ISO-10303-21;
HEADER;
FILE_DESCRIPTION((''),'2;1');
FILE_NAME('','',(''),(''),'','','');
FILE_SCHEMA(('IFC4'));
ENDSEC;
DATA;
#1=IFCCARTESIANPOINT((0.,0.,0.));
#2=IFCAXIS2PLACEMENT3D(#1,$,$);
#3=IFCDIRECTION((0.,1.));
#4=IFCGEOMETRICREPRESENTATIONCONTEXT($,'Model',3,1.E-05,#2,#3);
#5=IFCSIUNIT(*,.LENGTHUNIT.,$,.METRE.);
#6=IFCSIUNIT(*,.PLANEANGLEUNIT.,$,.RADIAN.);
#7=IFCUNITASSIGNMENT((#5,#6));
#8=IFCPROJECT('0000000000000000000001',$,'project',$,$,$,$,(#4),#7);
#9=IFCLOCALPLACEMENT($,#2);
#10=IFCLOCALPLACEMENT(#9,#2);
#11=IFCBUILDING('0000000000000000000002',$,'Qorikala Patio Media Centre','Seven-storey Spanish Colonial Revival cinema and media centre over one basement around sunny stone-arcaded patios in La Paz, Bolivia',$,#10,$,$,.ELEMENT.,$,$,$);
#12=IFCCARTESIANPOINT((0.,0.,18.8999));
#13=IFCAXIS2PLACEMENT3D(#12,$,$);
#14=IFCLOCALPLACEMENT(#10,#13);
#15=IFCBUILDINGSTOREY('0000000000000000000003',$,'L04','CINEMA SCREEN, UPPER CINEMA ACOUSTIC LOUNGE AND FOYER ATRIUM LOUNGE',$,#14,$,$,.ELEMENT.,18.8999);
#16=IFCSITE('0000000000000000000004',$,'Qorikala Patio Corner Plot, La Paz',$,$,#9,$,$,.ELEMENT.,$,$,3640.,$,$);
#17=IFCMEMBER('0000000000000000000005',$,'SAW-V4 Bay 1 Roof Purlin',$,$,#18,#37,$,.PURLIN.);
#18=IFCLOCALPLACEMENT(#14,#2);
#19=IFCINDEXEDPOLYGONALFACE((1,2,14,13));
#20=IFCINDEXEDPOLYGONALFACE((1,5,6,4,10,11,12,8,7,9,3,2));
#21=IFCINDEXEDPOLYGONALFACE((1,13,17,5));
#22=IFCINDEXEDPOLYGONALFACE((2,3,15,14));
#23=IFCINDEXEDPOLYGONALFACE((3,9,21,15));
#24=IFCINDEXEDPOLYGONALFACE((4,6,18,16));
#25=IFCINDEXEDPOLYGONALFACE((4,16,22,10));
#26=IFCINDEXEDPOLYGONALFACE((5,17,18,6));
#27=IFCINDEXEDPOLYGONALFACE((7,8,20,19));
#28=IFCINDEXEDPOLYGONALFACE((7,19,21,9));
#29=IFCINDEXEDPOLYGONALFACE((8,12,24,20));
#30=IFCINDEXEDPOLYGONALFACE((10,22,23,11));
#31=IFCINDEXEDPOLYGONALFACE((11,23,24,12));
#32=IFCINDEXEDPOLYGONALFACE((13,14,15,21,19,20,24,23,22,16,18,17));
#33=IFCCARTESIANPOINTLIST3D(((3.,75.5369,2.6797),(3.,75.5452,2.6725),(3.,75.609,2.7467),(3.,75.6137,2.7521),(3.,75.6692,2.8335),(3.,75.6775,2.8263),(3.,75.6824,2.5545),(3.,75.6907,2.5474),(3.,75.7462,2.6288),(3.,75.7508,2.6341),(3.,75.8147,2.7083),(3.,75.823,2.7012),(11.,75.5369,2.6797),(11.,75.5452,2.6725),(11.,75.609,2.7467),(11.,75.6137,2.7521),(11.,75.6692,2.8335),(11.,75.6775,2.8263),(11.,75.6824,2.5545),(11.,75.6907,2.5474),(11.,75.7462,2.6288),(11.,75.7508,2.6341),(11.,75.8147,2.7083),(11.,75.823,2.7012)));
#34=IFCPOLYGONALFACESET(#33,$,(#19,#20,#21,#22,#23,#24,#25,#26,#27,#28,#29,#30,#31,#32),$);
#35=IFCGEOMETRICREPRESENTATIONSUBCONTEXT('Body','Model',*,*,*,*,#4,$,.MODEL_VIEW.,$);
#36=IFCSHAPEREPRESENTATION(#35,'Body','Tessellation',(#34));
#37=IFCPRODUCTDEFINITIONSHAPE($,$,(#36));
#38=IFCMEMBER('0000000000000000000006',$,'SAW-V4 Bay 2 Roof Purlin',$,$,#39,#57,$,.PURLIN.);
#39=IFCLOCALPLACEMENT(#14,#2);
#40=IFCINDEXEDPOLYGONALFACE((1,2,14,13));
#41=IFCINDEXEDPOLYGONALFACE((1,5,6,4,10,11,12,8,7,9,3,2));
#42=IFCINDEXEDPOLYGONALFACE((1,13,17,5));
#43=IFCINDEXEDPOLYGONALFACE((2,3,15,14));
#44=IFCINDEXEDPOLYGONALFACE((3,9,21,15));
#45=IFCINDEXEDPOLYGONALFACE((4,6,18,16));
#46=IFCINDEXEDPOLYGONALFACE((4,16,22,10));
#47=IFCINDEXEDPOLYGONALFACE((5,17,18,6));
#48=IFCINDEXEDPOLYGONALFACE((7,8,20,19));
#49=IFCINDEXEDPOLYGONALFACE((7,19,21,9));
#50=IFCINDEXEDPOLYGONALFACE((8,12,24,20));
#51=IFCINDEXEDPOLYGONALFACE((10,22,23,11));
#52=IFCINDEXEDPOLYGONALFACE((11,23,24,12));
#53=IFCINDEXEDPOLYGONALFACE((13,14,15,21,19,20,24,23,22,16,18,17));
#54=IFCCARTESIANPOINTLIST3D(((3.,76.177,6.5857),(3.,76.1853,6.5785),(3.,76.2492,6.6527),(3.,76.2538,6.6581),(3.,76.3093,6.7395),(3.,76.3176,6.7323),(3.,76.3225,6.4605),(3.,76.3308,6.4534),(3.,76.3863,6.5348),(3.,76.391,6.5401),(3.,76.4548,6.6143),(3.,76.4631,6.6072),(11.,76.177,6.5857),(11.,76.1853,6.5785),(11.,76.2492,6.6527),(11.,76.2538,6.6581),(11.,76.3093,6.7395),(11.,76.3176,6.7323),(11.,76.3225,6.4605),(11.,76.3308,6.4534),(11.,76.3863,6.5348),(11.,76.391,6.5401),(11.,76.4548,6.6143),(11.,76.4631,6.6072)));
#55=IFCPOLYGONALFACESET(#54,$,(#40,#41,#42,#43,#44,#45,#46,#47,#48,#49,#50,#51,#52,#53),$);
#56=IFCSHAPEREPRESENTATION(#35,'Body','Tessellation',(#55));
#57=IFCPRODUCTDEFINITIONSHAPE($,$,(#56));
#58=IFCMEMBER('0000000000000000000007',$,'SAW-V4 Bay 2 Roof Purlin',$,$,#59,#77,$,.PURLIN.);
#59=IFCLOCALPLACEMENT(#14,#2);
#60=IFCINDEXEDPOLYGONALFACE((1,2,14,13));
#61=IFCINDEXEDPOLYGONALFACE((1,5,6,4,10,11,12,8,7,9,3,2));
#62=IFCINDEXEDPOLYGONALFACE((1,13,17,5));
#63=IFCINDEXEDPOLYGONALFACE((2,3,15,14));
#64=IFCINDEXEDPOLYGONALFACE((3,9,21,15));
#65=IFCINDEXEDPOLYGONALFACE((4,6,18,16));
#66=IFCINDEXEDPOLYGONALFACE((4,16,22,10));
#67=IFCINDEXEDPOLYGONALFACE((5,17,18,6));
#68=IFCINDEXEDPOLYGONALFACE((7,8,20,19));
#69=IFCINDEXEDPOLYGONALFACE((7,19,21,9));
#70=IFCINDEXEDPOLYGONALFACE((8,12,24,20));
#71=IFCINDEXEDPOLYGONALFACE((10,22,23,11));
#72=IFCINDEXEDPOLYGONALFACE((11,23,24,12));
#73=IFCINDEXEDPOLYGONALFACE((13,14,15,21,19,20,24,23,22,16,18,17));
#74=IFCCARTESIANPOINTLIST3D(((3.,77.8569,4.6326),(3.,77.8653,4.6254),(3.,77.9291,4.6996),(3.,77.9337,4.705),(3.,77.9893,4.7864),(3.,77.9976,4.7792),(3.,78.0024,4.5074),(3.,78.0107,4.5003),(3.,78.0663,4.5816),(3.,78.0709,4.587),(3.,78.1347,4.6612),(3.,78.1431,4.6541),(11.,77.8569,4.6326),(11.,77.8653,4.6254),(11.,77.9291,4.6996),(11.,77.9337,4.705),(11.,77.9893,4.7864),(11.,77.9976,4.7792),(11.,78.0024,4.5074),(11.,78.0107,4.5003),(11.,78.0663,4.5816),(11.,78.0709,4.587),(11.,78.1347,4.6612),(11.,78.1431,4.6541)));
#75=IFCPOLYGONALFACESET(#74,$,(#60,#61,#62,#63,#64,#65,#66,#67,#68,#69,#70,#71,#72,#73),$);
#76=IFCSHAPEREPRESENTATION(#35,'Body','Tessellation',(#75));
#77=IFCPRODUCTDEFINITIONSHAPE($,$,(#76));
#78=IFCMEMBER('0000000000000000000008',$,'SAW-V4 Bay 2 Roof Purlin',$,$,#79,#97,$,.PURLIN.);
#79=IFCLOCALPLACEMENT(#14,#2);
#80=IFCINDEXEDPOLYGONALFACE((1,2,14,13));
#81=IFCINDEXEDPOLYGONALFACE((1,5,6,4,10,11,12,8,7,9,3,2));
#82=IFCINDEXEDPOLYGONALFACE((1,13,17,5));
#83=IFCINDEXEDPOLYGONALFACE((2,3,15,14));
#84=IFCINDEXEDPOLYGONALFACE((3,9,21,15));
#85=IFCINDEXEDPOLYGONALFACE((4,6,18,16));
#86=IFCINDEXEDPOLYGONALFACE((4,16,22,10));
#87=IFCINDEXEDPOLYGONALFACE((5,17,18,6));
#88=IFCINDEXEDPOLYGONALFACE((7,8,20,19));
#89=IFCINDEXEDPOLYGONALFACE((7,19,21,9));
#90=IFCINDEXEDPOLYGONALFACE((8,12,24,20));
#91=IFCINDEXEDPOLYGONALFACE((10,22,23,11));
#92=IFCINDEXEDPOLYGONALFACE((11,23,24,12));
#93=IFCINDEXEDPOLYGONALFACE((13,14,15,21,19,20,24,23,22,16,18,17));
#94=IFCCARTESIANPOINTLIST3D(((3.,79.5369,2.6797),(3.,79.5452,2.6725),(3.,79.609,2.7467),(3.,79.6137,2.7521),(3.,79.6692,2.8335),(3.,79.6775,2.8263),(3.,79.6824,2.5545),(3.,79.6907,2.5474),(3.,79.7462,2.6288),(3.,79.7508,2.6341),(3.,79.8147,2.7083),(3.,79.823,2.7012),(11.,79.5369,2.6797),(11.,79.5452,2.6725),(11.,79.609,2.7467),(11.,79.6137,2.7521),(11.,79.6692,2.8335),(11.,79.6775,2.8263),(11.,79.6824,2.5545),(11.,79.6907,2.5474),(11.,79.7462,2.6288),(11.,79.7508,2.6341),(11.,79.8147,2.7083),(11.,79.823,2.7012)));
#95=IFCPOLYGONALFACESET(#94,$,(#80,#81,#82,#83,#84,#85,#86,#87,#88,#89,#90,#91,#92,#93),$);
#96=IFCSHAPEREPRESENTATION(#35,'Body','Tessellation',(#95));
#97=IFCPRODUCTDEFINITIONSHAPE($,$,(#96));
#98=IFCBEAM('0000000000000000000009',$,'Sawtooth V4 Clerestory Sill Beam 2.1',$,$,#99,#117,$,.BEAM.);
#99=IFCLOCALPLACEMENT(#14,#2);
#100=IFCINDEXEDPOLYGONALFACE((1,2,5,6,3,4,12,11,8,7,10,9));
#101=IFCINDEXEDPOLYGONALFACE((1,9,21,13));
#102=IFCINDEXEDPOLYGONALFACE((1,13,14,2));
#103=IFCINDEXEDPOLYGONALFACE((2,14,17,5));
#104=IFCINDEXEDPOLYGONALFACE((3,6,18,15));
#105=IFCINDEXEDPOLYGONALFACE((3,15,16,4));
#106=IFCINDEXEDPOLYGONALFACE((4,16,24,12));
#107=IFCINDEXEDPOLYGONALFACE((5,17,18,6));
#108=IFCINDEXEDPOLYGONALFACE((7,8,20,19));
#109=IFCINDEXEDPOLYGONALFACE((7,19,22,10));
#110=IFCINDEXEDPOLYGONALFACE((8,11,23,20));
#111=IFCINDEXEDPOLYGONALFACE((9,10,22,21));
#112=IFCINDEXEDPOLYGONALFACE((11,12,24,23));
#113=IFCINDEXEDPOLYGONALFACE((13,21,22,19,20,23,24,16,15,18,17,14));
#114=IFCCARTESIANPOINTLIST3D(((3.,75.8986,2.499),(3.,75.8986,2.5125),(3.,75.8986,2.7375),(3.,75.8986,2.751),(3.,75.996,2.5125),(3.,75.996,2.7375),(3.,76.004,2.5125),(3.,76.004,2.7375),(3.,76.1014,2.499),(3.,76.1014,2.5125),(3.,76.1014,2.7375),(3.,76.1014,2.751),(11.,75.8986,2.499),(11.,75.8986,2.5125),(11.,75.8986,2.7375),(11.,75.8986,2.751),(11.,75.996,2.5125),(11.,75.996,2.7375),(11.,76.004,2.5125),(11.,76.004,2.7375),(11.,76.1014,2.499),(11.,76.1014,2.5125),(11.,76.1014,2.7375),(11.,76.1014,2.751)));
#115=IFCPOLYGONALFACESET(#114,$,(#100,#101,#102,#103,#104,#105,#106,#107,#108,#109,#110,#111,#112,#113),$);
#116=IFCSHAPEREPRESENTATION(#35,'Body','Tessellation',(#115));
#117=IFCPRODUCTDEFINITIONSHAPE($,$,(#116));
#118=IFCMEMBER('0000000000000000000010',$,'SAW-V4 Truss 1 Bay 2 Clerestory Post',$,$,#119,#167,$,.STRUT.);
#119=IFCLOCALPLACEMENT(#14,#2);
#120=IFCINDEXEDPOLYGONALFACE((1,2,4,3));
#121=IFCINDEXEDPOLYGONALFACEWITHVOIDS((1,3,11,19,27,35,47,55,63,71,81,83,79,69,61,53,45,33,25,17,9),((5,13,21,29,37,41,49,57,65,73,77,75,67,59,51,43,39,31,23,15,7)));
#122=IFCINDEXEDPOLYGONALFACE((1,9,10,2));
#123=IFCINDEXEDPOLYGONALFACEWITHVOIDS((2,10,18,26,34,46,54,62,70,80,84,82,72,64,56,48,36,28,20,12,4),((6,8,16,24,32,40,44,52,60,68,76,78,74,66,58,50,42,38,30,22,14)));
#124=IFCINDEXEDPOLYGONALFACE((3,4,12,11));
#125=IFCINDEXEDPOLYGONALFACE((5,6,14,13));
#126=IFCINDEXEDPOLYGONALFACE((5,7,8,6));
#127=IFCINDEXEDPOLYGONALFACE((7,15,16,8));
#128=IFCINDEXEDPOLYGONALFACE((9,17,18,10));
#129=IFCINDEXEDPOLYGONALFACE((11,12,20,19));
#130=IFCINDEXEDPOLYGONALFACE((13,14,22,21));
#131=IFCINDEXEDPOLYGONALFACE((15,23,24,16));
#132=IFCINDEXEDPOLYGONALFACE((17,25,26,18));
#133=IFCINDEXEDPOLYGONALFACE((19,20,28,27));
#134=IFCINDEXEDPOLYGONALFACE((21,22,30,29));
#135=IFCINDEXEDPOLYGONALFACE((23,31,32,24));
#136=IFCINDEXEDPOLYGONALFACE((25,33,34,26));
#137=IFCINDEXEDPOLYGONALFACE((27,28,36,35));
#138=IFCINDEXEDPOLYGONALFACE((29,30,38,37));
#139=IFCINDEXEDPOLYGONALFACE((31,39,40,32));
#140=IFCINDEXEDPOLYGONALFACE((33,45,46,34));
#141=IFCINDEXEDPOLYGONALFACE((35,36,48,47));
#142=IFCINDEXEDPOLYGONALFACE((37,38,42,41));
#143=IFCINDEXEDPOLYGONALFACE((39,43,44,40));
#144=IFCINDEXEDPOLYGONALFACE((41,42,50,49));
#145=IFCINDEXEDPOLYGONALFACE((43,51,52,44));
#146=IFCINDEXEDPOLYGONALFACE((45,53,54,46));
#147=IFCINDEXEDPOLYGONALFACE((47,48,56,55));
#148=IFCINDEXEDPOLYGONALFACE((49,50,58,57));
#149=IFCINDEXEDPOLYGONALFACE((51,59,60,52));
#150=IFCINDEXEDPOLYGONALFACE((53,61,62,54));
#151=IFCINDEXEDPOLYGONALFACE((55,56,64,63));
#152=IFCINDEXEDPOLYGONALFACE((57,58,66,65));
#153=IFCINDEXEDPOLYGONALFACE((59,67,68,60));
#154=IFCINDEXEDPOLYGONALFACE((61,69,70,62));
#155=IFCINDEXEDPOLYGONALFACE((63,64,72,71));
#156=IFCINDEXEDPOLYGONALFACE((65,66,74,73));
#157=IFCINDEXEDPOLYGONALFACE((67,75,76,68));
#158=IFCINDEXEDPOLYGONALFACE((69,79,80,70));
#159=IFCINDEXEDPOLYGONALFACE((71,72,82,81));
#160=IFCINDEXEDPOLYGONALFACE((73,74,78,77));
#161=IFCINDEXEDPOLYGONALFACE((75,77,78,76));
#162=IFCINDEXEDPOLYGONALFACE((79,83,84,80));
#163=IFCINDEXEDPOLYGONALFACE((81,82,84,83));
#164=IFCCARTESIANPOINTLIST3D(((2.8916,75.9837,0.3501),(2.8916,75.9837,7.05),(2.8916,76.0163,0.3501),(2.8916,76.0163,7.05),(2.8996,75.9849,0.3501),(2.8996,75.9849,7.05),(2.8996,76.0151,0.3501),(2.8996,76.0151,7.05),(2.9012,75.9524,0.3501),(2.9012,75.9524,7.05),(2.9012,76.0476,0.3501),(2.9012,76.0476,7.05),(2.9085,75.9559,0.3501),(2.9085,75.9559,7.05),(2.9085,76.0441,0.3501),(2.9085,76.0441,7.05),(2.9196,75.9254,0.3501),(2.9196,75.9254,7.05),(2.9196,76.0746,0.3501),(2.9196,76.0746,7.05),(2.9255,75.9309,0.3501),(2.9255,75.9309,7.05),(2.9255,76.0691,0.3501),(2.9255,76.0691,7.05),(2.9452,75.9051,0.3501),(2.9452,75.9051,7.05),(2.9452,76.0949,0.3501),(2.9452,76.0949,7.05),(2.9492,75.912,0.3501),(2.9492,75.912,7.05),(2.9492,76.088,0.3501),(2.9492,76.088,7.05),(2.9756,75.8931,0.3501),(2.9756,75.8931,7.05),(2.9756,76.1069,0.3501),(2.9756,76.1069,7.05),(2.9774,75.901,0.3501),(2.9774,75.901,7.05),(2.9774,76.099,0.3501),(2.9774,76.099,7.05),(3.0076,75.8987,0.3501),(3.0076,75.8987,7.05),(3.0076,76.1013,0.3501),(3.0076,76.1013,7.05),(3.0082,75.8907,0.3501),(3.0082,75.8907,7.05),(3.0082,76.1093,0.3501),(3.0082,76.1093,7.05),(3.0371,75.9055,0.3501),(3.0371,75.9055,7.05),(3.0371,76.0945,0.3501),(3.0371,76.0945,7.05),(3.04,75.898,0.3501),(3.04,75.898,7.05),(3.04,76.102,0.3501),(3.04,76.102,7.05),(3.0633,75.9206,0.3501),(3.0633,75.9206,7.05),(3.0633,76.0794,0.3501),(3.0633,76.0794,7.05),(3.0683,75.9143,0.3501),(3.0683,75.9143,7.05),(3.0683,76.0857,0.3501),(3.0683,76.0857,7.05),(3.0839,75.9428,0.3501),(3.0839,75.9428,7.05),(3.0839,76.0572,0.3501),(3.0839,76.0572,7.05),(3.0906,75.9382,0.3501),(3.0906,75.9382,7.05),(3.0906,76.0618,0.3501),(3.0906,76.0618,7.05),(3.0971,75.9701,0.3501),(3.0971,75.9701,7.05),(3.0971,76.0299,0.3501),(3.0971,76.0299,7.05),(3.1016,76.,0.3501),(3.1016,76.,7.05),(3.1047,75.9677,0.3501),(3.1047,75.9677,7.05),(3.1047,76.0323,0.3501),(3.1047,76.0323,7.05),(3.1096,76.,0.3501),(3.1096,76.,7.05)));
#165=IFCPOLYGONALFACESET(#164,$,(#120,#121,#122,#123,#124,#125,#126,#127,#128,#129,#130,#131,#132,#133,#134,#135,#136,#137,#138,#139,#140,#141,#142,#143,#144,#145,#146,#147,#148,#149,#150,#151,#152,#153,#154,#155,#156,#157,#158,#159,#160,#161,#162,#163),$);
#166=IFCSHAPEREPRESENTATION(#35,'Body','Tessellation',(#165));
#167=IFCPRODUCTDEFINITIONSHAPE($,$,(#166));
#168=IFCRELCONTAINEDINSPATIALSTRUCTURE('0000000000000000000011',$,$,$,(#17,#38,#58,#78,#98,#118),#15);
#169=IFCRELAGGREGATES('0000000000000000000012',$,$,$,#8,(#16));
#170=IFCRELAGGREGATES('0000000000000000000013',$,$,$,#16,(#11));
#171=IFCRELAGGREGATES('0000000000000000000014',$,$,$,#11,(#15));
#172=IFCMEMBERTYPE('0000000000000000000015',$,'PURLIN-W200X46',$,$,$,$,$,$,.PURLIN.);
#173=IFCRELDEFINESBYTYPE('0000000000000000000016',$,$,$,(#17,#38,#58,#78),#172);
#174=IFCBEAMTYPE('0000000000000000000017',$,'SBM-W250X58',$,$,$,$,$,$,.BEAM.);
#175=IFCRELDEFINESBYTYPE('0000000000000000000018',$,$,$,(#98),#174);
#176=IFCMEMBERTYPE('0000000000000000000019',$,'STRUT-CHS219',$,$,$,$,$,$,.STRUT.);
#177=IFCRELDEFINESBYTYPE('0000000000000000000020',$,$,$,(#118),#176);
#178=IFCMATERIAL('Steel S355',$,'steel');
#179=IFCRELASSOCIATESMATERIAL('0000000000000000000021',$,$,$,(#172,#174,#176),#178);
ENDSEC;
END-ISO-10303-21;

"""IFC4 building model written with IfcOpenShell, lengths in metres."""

from ifc_helpers import new_model, si_unit, direction, frame, origin, origin_2d, place, context, subcontext, project, spatial, hollow_circle, i_section, extrude, material, material_profile, profile_set, type_object, element, save


model = new_model("IFC4")

# Units and contexts
model_context = context("Model", 3, precision=1e-05, world=origin(), true_north=direction((0.0, 1.0)))
body_context = subcontext(model_context, "Body", "Model", "MODEL_VIEW")
ifc_project = project(units=[si_unit("LENGTHUNIT", "METRE"), si_unit("PLANEANGLEUNIT", "RADIAN")], contexts=[model_context])

# Site, building, storey
site_placement = place(None, origin())
site = spatial("IfcSite", under=ifc_project, at=site_placement, Name="Qorikala Patio Corner Plot, La Paz", CompositionType="ELEMENT", RefElevation=3640.0)
building_placement = place(site_placement, origin())
building = spatial("IfcBuilding", under=site, at=building_placement, Name="Qorikala Patio Media Centre", Description="Seven-storey Spanish Colonial Revival cinema and media centre over one basement around sunny stone-arcaded patios in La Paz, Bolivia", CompositionType="ELEMENT")
storey_placement = place(building_placement, frame((0.0, 0.0, 18.8999)))
storey = spatial("IfcBuildingStorey", under=building, at=storey_placement, Name="L04", Description="CINEMA SCREEN, UPPER CINEMA ACOUSTIC LOUNGE AND FOYER ATRIUM LOUNGE", CompositionType="ELEMENT", Elevation=18.8999)

# Shared definitions
ifc_material_1 = material(Name="Steel S355", Category="steel")

# Members
ifc_material_profile_1 = material_profile(ifc_material_1, i_section(OverallWidth=0.2029, OverallDepth=0.2029, WebThickness=0.0071, FlangeThickness=0.011, at=origin_2d()), Name="W200X46")
ifc_profile_set_1 = profile_set([ifc_material_profile_1], Name="Steel S355")
member_type_1 = type_object("IfcMemberType", Name="PURLIN-W200X46", PredefinedType="PURLIN", material=ifc_profile_set_1)
for number, where, z_axis, x_axis, name in (
    (1, (3.0, 75.6799, 2.6904), (1.0, 0.0, 0.0), (0.0, 0.652138, 0.7581), "SAW-V4 Bay 1 Roof Purlin"),
    (2, (3.0, 76.3201, 6.5964), (1.0, 0.0, 0.0), (0.0, 0.652138, 0.7581), "SAW-V4 Bay 2 Roof Purlin"),
    (3, (3.0, 78.0, 4.6433), (1.0, 0.0, 0.0), (0.0, 0.652138, 0.7581), "SAW-V4 Bay 2 Roof Purlin"),
    (4, (3.0, 79.6799, 2.6904), (1.0, 0.0, 0.0), (0.0, 0.652138, 0.7581), "SAW-V4 Bay 2 Roof Purlin"),
):
    element("IfcMember", number, at=place(storey_placement, frame(where, z_axis=z_axis, x_axis=x_axis)), inside=storey, type_object=member_type_1, Name=name, PredefinedType="PURLIN", context=body_context, shape_type="SweptSolid", body=[
        extrude(i_section(OverallWidth=0.2029, OverallDepth=0.2029, WebThickness=0.0071, FlangeThickness=0.011, at=origin_2d()), origin(), (0.0, 0.0, 1.0), 8.0),
    ])

# Beam
ifc_material_profile_2 = material_profile(ifc_material_1, i_section(OverallWidth=0.2029, OverallDepth=0.252, WebThickness=0.0081, FlangeThickness=0.0134, at=origin_2d()), Name="W250X58")
ifc_profile_set_2 = profile_set([ifc_material_profile_2], Name="Steel S355")
beam_type = type_object("IfcBeamType", Name="SBM-W250X58", PredefinedType="BEAM", material=ifc_profile_set_2)
beam_placement = place(storey_placement, frame((3.0, 76.0, 2.625), z_axis=(1.0, 0.0, 0.0), x_axis=(0.0, 1.0, 0.0)))
element("IfcBeam", 5, at=beam_placement, inside=storey, type_object=beam_type, Name="Sawtooth V4 Clerestory Sill Beam 2.1", PredefinedType="BEAM", context=body_context, shape_type="SweptSolid", body=[
    extrude(i_section(OverallWidth=0.2029, OverallDepth=0.252, WebThickness=0.0081, FlangeThickness=0.0134, at=origin_2d()), origin(), (0.0, 0.0, 1.0), 8.0),
])

# Member
ifc_material_profile_3 = material_profile(ifc_material_1, hollow_circle(Radius=0.1096, WallThickness=0.0081, at=origin_2d()), Name="CHS219X8")
ifc_profile_set_3 = profile_set([ifc_material_profile_3], Name="Steel S355")
member_type_2 = type_object("IfcMemberType", Name="STRUT-CHS219", PredefinedType="STRUT", material=ifc_profile_set_3)
member_1_placement = place(storey_placement, frame((3.0, 76.0, 0.3501), z_axis=(0.0, 0.0, 1.0), x_axis=(1.0, 0.0, 0.0)))
element("IfcMember", 6, at=member_1_placement, inside=storey, type_object=member_type_2, Name="SAW-V4 Truss 1 Bay 2 Clerestory Post", PredefinedType="STRUT", context=body_context, shape_type="SweptSolid", body=[
    extrude(hollow_circle(Radius=0.1096, WallThickness=0.0081, at=origin_2d()), origin(), (0.0, 0.0, 1.0), 6.7),
])

save(model, "model.ifc")
